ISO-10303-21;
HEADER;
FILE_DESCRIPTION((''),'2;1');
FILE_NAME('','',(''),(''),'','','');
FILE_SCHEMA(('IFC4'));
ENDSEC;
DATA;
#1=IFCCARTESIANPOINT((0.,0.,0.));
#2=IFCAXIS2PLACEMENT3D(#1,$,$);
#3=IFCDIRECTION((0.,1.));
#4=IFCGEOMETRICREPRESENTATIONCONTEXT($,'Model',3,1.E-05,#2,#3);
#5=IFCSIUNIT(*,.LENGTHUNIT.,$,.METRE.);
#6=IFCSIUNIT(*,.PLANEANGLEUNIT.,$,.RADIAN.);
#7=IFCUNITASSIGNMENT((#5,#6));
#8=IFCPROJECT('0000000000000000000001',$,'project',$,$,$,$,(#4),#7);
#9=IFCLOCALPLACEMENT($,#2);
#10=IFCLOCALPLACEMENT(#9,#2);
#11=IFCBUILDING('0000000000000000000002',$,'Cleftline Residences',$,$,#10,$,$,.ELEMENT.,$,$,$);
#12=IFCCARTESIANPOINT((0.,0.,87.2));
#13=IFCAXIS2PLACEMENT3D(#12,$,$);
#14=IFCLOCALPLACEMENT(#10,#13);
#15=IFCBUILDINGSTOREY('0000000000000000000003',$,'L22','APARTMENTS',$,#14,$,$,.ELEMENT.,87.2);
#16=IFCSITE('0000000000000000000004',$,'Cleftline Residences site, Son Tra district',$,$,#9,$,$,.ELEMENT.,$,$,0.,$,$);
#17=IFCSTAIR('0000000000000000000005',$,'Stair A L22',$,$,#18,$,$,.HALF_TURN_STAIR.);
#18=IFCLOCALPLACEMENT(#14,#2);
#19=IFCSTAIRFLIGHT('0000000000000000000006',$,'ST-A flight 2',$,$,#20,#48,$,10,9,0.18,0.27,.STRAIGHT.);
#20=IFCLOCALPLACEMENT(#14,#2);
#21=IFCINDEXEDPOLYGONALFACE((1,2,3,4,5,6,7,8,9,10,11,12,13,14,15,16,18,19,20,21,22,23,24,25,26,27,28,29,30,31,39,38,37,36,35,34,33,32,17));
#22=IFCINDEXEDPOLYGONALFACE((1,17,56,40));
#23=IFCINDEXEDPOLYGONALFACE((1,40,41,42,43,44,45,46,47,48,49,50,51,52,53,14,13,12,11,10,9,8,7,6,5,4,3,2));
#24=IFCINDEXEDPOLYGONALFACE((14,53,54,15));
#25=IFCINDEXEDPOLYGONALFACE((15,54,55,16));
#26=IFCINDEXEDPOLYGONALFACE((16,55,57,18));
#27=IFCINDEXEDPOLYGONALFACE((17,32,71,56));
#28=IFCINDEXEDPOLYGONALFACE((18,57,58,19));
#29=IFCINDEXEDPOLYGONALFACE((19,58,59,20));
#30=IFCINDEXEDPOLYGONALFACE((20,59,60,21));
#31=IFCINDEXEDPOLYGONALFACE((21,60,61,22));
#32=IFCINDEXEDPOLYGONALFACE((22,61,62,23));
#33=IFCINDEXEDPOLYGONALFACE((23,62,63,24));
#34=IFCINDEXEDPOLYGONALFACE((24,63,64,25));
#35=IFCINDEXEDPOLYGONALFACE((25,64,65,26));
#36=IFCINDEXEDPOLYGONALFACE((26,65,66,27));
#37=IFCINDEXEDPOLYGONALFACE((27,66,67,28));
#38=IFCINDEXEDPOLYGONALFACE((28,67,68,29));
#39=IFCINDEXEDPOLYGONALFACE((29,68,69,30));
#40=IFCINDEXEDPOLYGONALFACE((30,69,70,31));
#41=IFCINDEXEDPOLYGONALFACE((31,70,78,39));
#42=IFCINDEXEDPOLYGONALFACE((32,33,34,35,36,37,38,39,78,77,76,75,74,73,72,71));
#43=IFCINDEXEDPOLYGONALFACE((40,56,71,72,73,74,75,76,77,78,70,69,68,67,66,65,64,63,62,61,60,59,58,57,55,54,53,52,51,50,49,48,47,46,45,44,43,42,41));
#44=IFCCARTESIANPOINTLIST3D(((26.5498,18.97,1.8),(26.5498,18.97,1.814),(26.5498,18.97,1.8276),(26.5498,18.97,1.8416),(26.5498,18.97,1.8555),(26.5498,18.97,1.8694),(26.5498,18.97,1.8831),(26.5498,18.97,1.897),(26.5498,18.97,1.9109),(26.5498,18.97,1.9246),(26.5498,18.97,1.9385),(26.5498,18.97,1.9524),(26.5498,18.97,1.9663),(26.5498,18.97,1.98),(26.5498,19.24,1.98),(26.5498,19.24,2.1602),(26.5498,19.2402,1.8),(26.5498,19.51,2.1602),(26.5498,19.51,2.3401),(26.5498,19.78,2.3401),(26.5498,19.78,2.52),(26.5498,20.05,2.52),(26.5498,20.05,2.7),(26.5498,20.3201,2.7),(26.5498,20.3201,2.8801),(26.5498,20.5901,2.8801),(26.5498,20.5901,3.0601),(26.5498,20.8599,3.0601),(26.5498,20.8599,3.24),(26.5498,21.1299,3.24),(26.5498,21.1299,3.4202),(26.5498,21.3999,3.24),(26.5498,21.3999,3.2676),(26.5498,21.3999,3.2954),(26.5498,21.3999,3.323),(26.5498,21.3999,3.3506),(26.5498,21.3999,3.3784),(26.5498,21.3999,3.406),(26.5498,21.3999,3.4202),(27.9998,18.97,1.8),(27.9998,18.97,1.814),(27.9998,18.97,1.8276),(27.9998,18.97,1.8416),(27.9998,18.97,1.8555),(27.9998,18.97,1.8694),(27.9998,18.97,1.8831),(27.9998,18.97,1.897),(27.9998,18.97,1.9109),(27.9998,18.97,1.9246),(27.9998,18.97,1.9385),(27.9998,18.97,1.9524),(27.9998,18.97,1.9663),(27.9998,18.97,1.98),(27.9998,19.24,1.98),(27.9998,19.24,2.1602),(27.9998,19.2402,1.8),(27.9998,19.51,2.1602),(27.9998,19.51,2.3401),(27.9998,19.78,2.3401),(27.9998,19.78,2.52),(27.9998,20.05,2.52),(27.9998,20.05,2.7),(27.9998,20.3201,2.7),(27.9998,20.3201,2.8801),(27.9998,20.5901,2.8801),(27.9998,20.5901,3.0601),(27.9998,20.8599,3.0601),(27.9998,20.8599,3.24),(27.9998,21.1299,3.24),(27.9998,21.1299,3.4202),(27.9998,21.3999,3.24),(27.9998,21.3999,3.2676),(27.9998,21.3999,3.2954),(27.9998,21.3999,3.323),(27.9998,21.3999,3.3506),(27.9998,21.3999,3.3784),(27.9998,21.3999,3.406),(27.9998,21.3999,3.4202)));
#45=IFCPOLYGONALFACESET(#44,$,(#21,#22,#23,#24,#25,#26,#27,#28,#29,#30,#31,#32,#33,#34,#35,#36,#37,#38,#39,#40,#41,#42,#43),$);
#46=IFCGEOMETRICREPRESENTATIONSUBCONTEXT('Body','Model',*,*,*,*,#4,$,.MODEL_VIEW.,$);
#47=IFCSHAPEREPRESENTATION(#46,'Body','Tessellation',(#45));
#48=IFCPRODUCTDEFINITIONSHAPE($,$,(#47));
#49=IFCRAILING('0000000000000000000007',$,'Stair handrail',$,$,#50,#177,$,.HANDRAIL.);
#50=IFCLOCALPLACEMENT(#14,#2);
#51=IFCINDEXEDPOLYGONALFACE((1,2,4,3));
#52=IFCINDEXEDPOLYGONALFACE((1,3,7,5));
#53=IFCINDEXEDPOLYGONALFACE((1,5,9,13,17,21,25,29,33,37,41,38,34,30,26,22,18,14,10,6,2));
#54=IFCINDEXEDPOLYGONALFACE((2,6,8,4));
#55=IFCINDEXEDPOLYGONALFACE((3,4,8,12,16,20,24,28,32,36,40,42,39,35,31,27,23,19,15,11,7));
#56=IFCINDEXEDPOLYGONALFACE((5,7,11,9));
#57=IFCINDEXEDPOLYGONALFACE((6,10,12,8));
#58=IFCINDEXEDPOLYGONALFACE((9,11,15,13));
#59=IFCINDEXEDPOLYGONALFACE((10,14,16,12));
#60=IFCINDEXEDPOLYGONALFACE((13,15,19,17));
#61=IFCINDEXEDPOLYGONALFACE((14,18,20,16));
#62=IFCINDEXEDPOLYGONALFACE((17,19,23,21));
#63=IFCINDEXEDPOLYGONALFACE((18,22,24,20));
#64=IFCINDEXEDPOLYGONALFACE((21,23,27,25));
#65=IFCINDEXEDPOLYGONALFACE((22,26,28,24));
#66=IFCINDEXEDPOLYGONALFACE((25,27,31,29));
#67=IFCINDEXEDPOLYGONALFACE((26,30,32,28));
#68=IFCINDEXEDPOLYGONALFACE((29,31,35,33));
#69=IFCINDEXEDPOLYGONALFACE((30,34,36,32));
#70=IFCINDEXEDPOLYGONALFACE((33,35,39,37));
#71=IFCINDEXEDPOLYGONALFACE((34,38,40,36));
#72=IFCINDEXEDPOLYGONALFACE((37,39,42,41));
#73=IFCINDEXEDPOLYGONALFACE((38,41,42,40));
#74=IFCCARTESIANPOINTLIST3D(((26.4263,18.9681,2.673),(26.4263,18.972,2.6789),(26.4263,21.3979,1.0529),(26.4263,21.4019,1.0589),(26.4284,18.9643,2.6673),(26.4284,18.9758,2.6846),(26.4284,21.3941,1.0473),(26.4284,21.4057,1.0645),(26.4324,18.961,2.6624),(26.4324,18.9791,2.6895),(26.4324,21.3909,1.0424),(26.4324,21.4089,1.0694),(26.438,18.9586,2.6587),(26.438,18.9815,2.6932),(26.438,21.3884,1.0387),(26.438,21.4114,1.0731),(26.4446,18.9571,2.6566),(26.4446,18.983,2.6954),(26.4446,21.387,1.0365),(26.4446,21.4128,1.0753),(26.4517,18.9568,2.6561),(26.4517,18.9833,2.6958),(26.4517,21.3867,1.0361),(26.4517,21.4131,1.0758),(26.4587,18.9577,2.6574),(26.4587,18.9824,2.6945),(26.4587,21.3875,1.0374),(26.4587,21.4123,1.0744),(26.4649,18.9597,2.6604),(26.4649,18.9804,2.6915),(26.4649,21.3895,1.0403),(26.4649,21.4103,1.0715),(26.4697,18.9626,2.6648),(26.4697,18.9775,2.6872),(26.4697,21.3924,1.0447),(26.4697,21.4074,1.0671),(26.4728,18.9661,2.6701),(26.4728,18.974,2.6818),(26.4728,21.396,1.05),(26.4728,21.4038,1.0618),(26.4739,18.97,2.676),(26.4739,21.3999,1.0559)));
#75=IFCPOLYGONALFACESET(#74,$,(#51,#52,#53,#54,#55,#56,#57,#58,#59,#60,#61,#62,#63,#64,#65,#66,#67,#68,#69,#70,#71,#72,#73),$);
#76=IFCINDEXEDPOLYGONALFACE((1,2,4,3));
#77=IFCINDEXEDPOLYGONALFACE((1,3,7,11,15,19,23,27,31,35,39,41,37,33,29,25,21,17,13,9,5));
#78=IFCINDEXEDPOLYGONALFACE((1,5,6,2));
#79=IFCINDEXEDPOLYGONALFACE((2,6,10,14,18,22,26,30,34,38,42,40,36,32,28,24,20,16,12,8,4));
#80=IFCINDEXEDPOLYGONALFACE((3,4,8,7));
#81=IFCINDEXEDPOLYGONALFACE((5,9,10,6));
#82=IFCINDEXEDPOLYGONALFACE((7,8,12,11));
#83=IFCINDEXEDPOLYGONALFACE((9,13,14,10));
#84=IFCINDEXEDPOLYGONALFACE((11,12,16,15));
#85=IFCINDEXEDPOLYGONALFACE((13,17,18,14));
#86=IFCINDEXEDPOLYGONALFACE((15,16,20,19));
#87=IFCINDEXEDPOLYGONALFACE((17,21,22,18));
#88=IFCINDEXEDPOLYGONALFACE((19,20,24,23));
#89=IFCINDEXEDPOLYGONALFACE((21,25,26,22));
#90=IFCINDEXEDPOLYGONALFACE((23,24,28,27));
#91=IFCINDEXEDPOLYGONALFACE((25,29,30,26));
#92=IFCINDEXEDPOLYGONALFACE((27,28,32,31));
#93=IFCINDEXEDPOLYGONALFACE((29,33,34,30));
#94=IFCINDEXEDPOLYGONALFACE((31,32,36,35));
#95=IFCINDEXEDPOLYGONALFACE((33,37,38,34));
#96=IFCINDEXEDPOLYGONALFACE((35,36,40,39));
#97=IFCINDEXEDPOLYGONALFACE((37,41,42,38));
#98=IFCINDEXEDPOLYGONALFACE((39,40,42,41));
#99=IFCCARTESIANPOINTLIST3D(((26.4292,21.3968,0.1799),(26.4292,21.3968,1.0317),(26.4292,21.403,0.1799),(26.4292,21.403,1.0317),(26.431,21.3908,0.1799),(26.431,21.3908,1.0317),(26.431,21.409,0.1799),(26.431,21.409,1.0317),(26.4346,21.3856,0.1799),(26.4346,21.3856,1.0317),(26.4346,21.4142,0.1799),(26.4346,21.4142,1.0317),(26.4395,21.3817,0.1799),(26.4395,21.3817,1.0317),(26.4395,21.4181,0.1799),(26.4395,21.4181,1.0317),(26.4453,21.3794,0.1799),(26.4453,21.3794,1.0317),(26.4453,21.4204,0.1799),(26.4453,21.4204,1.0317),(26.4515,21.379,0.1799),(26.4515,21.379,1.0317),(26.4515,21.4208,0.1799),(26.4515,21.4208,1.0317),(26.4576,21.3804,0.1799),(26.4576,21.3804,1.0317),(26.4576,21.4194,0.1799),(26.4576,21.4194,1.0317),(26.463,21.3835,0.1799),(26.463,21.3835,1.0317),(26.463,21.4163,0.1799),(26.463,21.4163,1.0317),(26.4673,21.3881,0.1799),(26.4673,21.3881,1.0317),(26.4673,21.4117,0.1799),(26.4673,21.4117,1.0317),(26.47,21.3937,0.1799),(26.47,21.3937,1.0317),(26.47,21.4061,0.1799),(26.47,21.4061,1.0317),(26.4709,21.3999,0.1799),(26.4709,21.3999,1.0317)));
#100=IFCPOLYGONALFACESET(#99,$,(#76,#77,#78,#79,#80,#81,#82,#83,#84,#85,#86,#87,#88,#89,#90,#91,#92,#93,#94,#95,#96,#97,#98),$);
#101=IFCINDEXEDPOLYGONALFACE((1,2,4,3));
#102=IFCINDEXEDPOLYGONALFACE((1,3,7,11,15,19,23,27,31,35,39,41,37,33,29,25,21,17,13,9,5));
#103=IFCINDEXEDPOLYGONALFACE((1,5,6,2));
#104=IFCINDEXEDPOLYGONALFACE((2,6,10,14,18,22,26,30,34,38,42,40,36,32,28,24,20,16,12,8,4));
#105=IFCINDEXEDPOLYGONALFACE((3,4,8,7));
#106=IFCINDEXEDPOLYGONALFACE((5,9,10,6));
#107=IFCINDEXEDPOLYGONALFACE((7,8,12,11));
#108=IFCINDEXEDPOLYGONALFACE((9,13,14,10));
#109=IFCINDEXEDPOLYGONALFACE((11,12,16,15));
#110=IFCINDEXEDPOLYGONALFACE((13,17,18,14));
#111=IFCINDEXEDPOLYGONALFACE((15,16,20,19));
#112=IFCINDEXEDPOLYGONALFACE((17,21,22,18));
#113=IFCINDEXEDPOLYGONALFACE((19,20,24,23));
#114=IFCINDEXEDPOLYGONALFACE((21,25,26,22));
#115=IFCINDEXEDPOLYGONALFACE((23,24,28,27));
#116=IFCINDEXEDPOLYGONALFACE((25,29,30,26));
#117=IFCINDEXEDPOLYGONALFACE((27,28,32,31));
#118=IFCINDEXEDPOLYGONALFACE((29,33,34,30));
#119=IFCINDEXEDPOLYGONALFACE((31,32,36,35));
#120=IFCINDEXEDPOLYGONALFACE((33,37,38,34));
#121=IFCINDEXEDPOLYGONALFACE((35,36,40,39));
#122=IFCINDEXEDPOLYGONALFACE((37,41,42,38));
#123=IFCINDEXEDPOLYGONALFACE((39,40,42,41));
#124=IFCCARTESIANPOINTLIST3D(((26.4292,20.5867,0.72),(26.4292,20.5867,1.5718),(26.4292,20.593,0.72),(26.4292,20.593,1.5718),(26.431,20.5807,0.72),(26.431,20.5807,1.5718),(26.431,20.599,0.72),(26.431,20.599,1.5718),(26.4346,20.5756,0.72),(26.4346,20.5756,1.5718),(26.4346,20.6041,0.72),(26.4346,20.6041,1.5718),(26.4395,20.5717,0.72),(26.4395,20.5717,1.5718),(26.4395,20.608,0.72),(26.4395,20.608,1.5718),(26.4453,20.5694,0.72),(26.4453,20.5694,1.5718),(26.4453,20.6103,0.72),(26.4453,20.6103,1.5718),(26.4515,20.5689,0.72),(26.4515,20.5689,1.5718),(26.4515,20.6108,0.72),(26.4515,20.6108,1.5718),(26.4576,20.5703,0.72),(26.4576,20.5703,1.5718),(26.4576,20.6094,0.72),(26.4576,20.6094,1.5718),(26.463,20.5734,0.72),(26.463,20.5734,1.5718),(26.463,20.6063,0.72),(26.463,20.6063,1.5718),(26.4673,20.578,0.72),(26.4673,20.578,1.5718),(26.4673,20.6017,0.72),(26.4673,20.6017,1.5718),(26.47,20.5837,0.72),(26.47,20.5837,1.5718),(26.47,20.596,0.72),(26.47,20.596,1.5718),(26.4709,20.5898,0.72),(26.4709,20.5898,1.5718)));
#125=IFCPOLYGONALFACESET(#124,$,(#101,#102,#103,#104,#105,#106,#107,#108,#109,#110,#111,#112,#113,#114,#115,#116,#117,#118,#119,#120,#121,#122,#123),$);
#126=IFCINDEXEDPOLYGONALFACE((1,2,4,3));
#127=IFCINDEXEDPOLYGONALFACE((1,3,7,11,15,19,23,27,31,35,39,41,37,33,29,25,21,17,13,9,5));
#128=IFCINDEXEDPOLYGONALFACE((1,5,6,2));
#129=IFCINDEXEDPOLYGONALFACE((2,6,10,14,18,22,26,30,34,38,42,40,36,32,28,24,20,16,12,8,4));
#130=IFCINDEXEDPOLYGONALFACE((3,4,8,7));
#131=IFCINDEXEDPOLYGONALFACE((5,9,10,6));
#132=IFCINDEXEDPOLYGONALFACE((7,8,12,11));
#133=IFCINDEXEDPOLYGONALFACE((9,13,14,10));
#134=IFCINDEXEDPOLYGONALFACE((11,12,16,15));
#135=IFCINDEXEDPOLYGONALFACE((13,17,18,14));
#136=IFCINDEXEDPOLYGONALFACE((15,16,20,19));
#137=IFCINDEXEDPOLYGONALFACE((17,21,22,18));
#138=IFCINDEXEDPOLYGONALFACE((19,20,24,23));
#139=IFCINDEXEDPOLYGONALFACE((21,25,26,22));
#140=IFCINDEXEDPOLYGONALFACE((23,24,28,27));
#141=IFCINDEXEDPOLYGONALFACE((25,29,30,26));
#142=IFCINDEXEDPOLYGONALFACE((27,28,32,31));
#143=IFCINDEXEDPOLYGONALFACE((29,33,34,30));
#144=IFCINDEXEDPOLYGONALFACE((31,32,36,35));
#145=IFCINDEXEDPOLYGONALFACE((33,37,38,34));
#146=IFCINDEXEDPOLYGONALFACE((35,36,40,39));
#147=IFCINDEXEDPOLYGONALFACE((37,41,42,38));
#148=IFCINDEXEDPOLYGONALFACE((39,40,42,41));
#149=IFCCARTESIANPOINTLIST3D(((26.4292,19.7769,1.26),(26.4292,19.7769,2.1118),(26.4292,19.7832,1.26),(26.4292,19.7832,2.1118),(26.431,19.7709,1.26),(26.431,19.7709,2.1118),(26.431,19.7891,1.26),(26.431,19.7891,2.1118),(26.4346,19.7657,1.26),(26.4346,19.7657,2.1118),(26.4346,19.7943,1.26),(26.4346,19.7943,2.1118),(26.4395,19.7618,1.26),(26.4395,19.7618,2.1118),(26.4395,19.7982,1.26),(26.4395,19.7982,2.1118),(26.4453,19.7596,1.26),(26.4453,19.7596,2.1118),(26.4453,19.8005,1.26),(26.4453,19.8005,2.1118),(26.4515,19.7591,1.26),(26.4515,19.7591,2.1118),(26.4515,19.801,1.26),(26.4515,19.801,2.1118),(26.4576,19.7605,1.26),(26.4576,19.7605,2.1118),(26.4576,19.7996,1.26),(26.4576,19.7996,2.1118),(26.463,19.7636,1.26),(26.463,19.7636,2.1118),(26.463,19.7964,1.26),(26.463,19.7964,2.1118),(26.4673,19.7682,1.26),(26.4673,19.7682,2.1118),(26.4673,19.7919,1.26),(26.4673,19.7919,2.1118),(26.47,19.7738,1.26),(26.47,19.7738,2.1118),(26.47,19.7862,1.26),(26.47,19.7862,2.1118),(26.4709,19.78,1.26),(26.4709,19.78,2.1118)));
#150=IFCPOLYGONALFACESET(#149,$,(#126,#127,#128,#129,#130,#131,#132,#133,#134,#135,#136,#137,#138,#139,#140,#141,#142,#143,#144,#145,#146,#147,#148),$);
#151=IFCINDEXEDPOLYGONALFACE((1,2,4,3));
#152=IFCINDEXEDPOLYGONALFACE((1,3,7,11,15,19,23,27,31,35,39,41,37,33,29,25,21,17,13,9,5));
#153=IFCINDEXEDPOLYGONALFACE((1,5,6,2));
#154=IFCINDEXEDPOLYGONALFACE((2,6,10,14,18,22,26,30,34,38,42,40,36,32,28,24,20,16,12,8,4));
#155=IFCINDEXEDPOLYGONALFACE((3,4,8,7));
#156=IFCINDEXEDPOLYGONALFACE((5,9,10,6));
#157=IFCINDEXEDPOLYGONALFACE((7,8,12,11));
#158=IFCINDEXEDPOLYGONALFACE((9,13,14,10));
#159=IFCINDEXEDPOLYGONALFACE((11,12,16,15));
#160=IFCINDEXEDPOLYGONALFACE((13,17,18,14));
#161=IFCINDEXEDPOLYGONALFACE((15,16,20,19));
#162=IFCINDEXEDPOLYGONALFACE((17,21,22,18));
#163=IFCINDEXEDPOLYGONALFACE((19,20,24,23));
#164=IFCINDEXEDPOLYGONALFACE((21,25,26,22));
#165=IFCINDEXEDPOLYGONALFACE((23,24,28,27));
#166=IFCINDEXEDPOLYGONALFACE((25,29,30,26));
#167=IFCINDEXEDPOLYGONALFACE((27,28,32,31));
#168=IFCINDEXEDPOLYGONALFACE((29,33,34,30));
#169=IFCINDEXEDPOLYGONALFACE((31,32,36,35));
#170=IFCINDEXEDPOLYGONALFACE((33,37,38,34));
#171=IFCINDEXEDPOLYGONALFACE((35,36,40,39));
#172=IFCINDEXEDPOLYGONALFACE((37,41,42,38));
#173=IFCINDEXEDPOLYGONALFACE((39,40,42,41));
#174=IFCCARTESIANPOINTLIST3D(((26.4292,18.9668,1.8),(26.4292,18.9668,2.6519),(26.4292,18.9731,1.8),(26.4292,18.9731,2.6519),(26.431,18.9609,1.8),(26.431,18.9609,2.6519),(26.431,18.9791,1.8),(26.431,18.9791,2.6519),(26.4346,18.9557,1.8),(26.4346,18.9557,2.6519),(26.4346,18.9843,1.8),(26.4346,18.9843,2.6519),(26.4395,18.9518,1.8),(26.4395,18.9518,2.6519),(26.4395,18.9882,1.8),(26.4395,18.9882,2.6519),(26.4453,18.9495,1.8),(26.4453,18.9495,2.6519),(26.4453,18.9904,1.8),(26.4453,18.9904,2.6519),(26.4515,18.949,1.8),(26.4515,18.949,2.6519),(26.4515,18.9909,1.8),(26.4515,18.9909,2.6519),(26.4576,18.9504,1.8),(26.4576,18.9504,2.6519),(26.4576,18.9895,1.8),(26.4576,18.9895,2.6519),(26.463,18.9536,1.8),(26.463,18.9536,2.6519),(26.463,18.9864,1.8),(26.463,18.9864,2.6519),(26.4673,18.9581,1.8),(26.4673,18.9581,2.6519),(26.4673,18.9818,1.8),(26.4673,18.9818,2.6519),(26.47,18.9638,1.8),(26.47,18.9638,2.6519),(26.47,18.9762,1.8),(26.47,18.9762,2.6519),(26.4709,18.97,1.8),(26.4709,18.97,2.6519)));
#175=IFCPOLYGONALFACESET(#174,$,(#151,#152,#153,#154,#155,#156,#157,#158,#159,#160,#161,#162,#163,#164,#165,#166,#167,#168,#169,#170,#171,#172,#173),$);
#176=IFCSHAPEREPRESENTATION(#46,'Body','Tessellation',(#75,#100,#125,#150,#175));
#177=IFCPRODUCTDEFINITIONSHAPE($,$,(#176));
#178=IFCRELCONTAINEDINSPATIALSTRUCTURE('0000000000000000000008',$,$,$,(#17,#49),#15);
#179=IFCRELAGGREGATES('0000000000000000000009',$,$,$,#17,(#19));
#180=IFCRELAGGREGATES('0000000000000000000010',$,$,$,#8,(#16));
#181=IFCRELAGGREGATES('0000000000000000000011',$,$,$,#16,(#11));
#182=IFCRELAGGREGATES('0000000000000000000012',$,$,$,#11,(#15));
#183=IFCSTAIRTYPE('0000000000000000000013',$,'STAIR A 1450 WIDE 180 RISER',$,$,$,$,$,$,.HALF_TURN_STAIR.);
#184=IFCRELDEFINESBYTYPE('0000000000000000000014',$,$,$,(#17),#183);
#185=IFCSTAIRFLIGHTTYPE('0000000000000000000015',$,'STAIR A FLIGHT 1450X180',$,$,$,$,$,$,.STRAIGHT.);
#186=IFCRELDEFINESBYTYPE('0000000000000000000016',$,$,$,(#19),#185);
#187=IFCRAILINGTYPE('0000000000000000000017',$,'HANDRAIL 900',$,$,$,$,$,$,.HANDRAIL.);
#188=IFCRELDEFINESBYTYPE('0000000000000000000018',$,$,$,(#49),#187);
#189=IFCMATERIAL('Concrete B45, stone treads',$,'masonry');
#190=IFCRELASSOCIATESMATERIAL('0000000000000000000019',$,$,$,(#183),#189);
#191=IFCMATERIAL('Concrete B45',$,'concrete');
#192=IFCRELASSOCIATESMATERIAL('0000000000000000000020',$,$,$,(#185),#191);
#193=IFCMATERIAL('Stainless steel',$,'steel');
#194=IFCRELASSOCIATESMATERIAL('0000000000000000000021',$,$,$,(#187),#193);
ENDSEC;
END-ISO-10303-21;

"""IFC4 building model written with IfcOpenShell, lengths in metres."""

from ifc_helpers import new_model, si_unit, direction, frame, origin, origin_2d, place, context, subcontext, project, spatial, polyline, circle, outline, extrude, material, type_object, element, aggregate, save


model = new_model("IFC4")

# Units and contexts
model_context = context("Model", 3, precision=1e-05, world=origin(), true_north=direction((0.0, 1.0)))
body_context = subcontext(model_context, "Body", "Model", "MODEL_VIEW")
ifc_project = project(units=[si_unit("LENGTHUNIT", "METRE"), si_unit("PLANEANGLEUNIT", "RADIAN")], contexts=[model_context])

# Site, building, storey
site_placement = place(None, origin())
site = spatial("IfcSite", under=ifc_project, at=site_placement, Name="Cleftline Residences site, Son Tra district", CompositionType="ELEMENT", RefElevation=0.0)
building_placement = place(site_placement, origin())
building = spatial("IfcBuilding", under=site, at=building_placement, Name="Cleftline Residences", CompositionType="ELEMENT")
storey_placement = place(building_placement, frame((0.0, 0.0, 87.2)))
storey = spatial("IfcBuildingStorey", under=building, at=storey_placement, Name="L22", Description="APARTMENTS", CompositionType="ELEMENT", Elevation=87.2)

# Stair, stair flight
ifc_material_1 = material(Name="Concrete B45, stone treads", Category="masonry")
stair_type = type_object("IfcStairType", Name="STAIR A 1450 WIDE 180 RISER", PredefinedType="HALF_TURN_STAIR", material=ifc_material_1)
stair_placement = place(storey_placement, origin())
stair = element("IfcStair", 1, at=stair_placement, inside=storey, type_object=stair_type, Name="Stair A L22", PredefinedType="HALF_TURN_STAIR")
ifc_material_2 = material(Name="Concrete B45", Category="concrete")
stair_flight_type = type_object("IfcStairFlightType", Name="STAIR A FLIGHT 1450X180", PredefinedType="STRAIGHT", material=ifc_material_2)
stair_flight_1_placement = place(storey_placement, frame((27.2749, 18.97, 1.8), z_axis=(0.0, 0.0, 1.0), x_axis=(0.0, 1.0, 0.0)))
stair_flight_1 = element("IfcStairFlight", 2, at=stair_flight_1_placement, type_object=stair_flight_type, Name="ST-A flight 2", NumberOfRisers=10, NumberOfTreads=9, PredefinedType="STRAIGHT", RiserHeight=0.18, TreadLength=0.27, context=body_context, shape_type="SweptSolid", body=[
    extrude(outline(polyline([(0.0, 0.0), (0.0, 0.0139), (0.0, 0.0276), (0.0, 0.0415), (0.0, 0.0554), (0.0, 0.0693), (0.0, 0.083), (0.0, 0.0969), (0.0, 0.1108), (0.0, 0.1245), (0.0, 0.1384), (0.0, 0.1523), (0.0, 0.1663), (0.0, 0.1799), (0.27, 0.1799), (0.27, 0.3601), (0.54, 0.3601), (0.54, 0.54), (0.8101, 0.54), (0.8101, 0.72), (1.0801, 0.72), (1.0801, 0.8999), (1.3501, 0.8999), (1.3501, 1.0801), (1.6201, 1.0801), (1.6201, 1.26), (1.8899, 1.26), (1.8899, 1.4399), (2.1599, 1.4399), (2.1599, 1.6201), (2.4299, 1.6201), (2.4299, 1.8), (2.4299, 1.7722), (2.4299, 1.7446), (2.4299, 1.7168), (2.4299, 1.6892), (2.4299, 1.6614), (2.4299, 1.6338), (2.4299, 1.606), (2.4299, 1.5784), (2.4299, 1.5505), (2.4299, 1.5229), (2.4299, 1.4954), (2.4299, 1.4675), (2.4299, 1.4399), (0.2703, 0.0), (0.0, 0.0)])), frame((0.0, 0.7251, 0.0), z_axis=(0.0, -1.0, 0.0), x_axis=(1.0, 0.0, 0.0)), (0.0, 0.0, 1.0), 1.45),
])
aggregate(stair, [stair_flight_1])

# Railing
ifc_material_3 = material(Name="Stainless steel", Category="steel")
railing_type = type_object("IfcRailingType", Name="HANDRAIL 900", PredefinedType="HANDRAIL", material=ifc_material_3)
railing_1_placement = place(storey_placement, frame((26.45, 21.3999, 0.1799)))
element("IfcRailing", 3, at=railing_1_placement, inside=storey, type_object=railing_type, Name="Stair handrail", PredefinedType="HANDRAIL", context=body_context, shape_type="SweptSolid", body=[
    extrude(circle(Radius=0.0239, at=origin_2d()), frame((0.0, 0.0, 0.876), z_axis=(0.0, -0.832025, 0.554739), x_axis=(1.0, 0.0, 0.0)), (0.0, 0.0, 1.0), 2.9204),
    extrude(circle(Radius=0.021, at=origin_2d()), origin(), (0.0, 0.0, 1.0), 0.8518),
    extrude(circle(Radius=0.021, at=origin_2d()), frame((0.0, -0.8101, 0.54)), (0.0, 0.0, 1.0), 0.8518),
    extrude(circle(Radius=0.021, at=origin_2d()), frame((0.0, -1.6199, 1.0801)), (0.0, 0.0, 1.0), 0.8518),
    extrude(circle(Radius=0.021, at=origin_2d()), frame((0.0, -2.4299, 1.6201)), (0.0, 0.0, 1.0), 0.8518),
])

save(model, "model.ifc")
